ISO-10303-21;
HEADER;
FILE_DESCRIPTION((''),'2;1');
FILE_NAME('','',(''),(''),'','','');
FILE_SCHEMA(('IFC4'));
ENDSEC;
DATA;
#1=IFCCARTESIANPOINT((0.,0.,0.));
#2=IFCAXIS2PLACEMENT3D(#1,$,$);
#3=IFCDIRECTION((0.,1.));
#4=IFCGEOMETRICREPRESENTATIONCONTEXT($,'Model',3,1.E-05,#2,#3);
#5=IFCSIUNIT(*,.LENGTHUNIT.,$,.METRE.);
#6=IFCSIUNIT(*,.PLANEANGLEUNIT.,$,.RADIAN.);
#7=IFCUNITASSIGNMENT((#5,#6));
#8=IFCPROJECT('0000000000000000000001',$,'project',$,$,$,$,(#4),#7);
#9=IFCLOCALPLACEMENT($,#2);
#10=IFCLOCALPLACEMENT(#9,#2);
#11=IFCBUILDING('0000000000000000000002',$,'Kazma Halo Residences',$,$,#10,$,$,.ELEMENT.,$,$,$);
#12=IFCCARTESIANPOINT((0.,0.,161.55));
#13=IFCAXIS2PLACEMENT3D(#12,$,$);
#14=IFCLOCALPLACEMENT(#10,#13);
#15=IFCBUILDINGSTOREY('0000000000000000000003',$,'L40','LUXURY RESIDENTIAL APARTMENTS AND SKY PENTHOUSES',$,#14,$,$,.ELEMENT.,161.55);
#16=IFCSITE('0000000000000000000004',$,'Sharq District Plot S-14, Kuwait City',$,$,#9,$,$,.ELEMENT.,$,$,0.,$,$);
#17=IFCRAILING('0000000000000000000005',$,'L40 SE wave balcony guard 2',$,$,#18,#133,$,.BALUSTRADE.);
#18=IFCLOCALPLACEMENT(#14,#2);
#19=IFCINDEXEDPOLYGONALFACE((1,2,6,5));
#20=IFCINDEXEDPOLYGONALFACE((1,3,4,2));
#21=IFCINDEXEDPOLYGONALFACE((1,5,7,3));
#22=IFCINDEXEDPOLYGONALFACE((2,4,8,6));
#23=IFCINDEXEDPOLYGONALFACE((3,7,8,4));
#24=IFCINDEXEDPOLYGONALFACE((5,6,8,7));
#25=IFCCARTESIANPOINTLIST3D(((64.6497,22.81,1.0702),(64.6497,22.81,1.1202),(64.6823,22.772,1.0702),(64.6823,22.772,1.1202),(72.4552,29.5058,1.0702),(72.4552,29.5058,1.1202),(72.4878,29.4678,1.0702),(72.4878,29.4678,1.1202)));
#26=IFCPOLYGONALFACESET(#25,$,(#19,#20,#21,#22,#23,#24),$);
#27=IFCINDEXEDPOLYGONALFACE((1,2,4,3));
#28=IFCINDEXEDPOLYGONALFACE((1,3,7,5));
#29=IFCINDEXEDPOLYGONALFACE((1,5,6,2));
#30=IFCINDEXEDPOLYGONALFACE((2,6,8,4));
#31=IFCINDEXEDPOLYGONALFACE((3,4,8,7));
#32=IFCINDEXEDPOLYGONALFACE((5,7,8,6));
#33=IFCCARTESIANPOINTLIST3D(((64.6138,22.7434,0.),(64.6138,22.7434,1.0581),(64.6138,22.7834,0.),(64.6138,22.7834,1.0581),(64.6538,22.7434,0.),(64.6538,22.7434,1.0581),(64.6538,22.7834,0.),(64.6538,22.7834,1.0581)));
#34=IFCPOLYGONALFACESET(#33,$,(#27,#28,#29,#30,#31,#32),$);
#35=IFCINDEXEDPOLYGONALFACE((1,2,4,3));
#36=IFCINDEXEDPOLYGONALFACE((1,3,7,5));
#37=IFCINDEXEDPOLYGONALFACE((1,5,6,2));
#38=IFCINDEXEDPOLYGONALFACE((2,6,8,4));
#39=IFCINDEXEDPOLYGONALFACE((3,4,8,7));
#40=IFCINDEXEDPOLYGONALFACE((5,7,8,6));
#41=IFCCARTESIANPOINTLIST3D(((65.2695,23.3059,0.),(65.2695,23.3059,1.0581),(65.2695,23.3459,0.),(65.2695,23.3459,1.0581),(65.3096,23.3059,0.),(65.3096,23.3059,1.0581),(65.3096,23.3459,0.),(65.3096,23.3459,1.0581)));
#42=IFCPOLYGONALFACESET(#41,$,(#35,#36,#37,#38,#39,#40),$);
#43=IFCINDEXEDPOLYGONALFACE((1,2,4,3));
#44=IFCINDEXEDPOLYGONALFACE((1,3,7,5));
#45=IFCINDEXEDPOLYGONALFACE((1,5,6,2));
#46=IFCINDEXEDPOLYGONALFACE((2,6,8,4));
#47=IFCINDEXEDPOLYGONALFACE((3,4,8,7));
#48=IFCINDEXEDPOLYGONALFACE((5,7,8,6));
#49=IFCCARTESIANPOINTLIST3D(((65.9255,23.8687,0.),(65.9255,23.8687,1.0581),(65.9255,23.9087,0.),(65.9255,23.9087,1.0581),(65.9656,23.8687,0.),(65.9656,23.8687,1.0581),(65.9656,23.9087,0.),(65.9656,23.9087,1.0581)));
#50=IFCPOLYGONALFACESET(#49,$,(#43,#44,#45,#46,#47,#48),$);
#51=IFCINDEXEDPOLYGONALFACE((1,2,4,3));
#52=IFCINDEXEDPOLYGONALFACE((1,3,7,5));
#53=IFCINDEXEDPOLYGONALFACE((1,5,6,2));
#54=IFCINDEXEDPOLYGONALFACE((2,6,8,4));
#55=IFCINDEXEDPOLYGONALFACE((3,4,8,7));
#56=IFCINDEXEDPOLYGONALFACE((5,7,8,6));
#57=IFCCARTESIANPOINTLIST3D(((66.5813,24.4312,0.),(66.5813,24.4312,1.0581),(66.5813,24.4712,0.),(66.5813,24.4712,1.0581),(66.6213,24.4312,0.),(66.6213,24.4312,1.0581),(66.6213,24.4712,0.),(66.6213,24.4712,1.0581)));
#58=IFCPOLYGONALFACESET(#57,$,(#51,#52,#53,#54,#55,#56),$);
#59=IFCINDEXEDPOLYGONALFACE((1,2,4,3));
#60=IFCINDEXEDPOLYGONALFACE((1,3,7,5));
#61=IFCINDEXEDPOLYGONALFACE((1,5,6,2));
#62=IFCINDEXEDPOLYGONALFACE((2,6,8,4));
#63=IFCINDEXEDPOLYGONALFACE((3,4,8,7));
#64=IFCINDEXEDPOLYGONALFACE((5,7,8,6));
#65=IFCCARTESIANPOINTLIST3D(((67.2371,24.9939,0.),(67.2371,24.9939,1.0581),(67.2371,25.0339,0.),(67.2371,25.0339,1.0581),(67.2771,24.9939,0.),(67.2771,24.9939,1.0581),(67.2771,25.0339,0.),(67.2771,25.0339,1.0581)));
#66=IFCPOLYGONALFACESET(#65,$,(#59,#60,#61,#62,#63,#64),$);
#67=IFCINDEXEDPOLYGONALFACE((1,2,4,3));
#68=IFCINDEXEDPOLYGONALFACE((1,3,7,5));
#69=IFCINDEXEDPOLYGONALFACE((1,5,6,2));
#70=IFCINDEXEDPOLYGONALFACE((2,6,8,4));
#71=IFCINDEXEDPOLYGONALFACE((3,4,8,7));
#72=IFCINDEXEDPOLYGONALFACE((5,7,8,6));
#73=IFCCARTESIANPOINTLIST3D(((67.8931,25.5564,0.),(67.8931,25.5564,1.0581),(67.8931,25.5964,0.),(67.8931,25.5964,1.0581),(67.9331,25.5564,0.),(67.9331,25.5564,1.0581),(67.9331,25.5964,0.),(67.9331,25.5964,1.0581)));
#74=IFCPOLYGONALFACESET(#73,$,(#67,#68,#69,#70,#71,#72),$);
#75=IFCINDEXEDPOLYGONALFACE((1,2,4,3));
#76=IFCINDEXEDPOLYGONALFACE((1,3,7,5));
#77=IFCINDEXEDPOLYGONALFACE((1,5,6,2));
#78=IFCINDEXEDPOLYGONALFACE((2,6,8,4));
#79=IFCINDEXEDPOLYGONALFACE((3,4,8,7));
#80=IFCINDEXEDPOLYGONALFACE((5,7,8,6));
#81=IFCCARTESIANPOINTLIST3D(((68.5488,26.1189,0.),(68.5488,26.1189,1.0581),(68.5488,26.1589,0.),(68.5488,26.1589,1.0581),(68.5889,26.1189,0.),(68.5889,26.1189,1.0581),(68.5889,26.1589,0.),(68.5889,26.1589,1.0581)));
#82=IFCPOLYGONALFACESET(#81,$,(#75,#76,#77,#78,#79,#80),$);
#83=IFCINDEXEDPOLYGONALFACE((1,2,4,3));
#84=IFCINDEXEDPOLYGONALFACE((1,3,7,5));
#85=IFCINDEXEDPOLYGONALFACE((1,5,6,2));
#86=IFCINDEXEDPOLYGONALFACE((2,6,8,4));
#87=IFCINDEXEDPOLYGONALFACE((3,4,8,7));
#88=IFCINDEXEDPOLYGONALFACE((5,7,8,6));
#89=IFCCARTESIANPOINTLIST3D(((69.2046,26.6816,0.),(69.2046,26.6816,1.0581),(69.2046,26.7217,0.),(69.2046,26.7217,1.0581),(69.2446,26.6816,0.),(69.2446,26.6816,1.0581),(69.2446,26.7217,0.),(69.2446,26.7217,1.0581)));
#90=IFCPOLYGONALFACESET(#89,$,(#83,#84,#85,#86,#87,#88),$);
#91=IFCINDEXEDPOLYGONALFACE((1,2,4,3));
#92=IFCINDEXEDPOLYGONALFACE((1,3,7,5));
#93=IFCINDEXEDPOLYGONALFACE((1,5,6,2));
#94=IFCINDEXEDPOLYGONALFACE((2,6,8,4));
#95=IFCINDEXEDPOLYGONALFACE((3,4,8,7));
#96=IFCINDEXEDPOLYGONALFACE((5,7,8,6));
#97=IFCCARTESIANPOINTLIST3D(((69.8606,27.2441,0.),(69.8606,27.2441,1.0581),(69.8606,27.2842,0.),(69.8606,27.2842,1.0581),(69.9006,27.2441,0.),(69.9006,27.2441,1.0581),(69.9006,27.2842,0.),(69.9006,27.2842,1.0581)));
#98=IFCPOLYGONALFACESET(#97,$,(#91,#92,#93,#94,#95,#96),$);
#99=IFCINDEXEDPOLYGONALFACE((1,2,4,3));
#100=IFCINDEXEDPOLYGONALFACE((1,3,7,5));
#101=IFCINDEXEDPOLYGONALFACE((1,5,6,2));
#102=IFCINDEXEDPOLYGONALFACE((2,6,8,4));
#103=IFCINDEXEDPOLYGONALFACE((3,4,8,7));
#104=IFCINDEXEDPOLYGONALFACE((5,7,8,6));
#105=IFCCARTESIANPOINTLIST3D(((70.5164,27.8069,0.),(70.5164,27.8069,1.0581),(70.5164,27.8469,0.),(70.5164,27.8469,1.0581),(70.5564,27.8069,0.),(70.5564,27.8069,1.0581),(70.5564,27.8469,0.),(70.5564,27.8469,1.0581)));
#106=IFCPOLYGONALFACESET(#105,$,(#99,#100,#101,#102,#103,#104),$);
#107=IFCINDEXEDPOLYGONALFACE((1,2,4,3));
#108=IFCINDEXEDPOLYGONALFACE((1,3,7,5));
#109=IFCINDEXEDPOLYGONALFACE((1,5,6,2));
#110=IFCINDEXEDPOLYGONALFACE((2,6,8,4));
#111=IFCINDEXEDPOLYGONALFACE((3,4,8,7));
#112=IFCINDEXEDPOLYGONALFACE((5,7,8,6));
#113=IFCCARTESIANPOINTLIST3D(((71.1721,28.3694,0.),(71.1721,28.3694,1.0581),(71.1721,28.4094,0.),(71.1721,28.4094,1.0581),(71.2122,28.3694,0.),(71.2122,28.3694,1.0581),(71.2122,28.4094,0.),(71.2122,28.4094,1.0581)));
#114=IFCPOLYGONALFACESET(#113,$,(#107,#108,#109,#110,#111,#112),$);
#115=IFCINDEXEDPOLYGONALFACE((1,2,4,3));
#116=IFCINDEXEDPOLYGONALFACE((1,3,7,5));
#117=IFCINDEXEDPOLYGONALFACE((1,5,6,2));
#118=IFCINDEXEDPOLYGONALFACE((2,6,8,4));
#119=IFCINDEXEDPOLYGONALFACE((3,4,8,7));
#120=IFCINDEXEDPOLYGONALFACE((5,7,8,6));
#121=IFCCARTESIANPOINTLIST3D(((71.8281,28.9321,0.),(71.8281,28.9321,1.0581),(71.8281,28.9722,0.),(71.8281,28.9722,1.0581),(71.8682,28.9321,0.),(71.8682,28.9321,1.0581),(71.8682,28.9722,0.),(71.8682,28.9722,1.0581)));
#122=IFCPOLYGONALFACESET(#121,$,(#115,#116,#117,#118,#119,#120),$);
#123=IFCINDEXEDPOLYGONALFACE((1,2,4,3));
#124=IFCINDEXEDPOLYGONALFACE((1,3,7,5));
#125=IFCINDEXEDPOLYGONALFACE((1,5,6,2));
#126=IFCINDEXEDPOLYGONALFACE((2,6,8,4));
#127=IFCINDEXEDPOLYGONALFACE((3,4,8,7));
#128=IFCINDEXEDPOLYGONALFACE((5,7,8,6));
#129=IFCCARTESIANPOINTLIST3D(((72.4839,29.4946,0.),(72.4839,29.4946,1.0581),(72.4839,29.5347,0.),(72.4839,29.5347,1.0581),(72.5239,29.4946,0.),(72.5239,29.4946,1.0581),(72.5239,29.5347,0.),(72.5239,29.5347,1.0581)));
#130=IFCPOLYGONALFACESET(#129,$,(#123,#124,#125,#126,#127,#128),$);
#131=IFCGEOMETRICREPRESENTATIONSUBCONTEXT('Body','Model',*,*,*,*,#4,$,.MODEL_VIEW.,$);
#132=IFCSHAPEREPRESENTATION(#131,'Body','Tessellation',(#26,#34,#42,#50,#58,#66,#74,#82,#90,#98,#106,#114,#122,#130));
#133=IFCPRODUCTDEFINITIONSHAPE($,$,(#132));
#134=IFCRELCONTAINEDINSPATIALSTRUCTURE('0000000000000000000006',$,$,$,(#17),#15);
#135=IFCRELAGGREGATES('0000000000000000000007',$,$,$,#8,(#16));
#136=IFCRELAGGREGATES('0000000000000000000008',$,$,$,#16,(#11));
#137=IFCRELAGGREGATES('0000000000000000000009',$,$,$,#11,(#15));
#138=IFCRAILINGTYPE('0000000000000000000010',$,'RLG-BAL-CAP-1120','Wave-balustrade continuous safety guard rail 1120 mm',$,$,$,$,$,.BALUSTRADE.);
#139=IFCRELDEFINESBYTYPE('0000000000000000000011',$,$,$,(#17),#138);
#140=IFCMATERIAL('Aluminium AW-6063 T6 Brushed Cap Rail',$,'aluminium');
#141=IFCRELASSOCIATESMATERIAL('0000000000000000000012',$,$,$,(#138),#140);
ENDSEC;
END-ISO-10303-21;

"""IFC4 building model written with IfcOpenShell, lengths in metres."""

from ifc_helpers import new_model, si_unit, direction, frame, origin, origin_2d, place, context, subcontext, project, spatial, rectangle, extrude, material, type_object, element, save


model = new_model("IFC4")

# Units and contexts
model_context = context("Model", 3, precision=1e-05, world=origin(), true_north=direction((0.0, 1.0)))
body_context = subcontext(model_context, "Body", "Model", "MODEL_VIEW")
ifc_project = project(units=[si_unit("LENGTHUNIT", "METRE"), si_unit("PLANEANGLEUNIT", "RADIAN")], contexts=[model_context])

# Site, building, storey
site_placement = place(None, origin())
site = spatial("IfcSite", under=ifc_project, at=site_placement, Name="Sharq District Plot S-14, Kuwait City", CompositionType="ELEMENT", RefElevation=0.0)
building_placement = place(site_placement, origin())
building = spatial("IfcBuilding", under=site, at=building_placement, Name="Kazma Halo Residences", CompositionType="ELEMENT")
storey_placement = place(building_placement, frame((0.0, 0.0, 161.55)))
storey = spatial("IfcBuildingStorey", under=building, at=storey_placement, Name="L40", Description="LUXURY RESIDENTIAL APARTMENTS AND SKY PENTHOUSES", CompositionType="ELEMENT", Elevation=161.55)

# Railing
ifc_material_1 = material(Name="Aluminium AW-6063 T6 Brushed Cap Rail", Category="aluminium")
railing_type = type_object("IfcRailingType", Name="RLG-BAL-CAP-1120", Description="Wave-balustrade continuous safety guard rail 1120 mm", PredefinedType="BALUSTRADE", material=ifc_material_1)
railing_1_placement = place(storey_placement, frame((64.6338, 22.7634, 0.0)))
element("IfcRailing", 1, at=railing_1_placement, inside=storey, type_object=railing_type, Name="L40 SE wave balcony guard 2", PredefinedType="BALUSTRADE", context=body_context, shape_type="SweptSolid", body=[
    extrude(rectangle(XDim=0.05, YDim=0.05, at=origin_2d()), frame((0.0322, 0.0276, 1.0952), z_axis=(0.758999, 0.651092, 0.0), x_axis=(-0.651092, 0.758999, 0.0)), (0.0, 0.0, 1.0), 10.2839),
    extrude(rectangle(XDim=0.04, YDim=0.04, at=origin_2d()), origin(), (0.0, 0.0, 1.0), 1.0581),
    extrude(rectangle(XDim=0.04, YDim=0.04, at=origin_2d()), frame((0.6558, 0.5625, 0.0)), (0.0, 0.0, 1.0), 1.0581),
    extrude(rectangle(XDim=0.04, YDim=0.04, at=origin_2d()), frame((1.3118, 1.1252, 0.0)), (0.0, 0.0, 1.0), 1.0581),
    extrude(rectangle(XDim=0.04, YDim=0.04, at=origin_2d()), frame((1.9675, 1.6877, 0.0)), (0.0, 0.0, 1.0), 1.0581),
    extrude(rectangle(XDim=0.04, YDim=0.04, at=origin_2d()), frame((2.6233, 2.2505, 0.0)), (0.0, 0.0, 1.0), 1.0581),
    extrude(rectangle(XDim=0.04, YDim=0.04, at=origin_2d()), frame((3.2793, 2.813, 0.0)), (0.0, 0.0, 1.0), 1.0581),
    extrude(rectangle(XDim=0.04, YDim=0.04, at=origin_2d()), frame((3.9351, 3.3755, 0.0)), (0.0, 0.0, 1.0), 1.0581),
    extrude(rectangle(XDim=0.04, YDim=0.04, at=origin_2d()), frame((4.5908, 3.9382, 0.0)), (0.0, 0.0, 1.0), 1.0581),
    extrude(rectangle(XDim=0.04, YDim=0.04, at=origin_2d()), frame((5.2468, 4.5007, 0.0)), (0.0, 0.0, 1.0), 1.0581),
    extrude(rectangle(XDim=0.04, YDim=0.04, at=origin_2d()), frame((5.9026, 5.0635, 0.0)), (0.0, 0.0, 1.0), 1.0581),
    extrude(rectangle(XDim=0.04, YDim=0.04, at=origin_2d()), frame((6.5583, 5.626, 0.0)), (0.0, 0.0, 1.0), 1.0581),
    extrude(rectangle(XDim=0.04, YDim=0.04, at=origin_2d()), frame((7.2144, 6.1887, 0.0)), (0.0, 0.0, 1.0), 1.0581),
    extrude(rectangle(XDim=0.04, YDim=0.04, at=origin_2d()), frame((7.8701, 6.7512, 0.0)), (0.0, 0.0, 1.0), 1.0581),
])

save(model, "model.ifc")
